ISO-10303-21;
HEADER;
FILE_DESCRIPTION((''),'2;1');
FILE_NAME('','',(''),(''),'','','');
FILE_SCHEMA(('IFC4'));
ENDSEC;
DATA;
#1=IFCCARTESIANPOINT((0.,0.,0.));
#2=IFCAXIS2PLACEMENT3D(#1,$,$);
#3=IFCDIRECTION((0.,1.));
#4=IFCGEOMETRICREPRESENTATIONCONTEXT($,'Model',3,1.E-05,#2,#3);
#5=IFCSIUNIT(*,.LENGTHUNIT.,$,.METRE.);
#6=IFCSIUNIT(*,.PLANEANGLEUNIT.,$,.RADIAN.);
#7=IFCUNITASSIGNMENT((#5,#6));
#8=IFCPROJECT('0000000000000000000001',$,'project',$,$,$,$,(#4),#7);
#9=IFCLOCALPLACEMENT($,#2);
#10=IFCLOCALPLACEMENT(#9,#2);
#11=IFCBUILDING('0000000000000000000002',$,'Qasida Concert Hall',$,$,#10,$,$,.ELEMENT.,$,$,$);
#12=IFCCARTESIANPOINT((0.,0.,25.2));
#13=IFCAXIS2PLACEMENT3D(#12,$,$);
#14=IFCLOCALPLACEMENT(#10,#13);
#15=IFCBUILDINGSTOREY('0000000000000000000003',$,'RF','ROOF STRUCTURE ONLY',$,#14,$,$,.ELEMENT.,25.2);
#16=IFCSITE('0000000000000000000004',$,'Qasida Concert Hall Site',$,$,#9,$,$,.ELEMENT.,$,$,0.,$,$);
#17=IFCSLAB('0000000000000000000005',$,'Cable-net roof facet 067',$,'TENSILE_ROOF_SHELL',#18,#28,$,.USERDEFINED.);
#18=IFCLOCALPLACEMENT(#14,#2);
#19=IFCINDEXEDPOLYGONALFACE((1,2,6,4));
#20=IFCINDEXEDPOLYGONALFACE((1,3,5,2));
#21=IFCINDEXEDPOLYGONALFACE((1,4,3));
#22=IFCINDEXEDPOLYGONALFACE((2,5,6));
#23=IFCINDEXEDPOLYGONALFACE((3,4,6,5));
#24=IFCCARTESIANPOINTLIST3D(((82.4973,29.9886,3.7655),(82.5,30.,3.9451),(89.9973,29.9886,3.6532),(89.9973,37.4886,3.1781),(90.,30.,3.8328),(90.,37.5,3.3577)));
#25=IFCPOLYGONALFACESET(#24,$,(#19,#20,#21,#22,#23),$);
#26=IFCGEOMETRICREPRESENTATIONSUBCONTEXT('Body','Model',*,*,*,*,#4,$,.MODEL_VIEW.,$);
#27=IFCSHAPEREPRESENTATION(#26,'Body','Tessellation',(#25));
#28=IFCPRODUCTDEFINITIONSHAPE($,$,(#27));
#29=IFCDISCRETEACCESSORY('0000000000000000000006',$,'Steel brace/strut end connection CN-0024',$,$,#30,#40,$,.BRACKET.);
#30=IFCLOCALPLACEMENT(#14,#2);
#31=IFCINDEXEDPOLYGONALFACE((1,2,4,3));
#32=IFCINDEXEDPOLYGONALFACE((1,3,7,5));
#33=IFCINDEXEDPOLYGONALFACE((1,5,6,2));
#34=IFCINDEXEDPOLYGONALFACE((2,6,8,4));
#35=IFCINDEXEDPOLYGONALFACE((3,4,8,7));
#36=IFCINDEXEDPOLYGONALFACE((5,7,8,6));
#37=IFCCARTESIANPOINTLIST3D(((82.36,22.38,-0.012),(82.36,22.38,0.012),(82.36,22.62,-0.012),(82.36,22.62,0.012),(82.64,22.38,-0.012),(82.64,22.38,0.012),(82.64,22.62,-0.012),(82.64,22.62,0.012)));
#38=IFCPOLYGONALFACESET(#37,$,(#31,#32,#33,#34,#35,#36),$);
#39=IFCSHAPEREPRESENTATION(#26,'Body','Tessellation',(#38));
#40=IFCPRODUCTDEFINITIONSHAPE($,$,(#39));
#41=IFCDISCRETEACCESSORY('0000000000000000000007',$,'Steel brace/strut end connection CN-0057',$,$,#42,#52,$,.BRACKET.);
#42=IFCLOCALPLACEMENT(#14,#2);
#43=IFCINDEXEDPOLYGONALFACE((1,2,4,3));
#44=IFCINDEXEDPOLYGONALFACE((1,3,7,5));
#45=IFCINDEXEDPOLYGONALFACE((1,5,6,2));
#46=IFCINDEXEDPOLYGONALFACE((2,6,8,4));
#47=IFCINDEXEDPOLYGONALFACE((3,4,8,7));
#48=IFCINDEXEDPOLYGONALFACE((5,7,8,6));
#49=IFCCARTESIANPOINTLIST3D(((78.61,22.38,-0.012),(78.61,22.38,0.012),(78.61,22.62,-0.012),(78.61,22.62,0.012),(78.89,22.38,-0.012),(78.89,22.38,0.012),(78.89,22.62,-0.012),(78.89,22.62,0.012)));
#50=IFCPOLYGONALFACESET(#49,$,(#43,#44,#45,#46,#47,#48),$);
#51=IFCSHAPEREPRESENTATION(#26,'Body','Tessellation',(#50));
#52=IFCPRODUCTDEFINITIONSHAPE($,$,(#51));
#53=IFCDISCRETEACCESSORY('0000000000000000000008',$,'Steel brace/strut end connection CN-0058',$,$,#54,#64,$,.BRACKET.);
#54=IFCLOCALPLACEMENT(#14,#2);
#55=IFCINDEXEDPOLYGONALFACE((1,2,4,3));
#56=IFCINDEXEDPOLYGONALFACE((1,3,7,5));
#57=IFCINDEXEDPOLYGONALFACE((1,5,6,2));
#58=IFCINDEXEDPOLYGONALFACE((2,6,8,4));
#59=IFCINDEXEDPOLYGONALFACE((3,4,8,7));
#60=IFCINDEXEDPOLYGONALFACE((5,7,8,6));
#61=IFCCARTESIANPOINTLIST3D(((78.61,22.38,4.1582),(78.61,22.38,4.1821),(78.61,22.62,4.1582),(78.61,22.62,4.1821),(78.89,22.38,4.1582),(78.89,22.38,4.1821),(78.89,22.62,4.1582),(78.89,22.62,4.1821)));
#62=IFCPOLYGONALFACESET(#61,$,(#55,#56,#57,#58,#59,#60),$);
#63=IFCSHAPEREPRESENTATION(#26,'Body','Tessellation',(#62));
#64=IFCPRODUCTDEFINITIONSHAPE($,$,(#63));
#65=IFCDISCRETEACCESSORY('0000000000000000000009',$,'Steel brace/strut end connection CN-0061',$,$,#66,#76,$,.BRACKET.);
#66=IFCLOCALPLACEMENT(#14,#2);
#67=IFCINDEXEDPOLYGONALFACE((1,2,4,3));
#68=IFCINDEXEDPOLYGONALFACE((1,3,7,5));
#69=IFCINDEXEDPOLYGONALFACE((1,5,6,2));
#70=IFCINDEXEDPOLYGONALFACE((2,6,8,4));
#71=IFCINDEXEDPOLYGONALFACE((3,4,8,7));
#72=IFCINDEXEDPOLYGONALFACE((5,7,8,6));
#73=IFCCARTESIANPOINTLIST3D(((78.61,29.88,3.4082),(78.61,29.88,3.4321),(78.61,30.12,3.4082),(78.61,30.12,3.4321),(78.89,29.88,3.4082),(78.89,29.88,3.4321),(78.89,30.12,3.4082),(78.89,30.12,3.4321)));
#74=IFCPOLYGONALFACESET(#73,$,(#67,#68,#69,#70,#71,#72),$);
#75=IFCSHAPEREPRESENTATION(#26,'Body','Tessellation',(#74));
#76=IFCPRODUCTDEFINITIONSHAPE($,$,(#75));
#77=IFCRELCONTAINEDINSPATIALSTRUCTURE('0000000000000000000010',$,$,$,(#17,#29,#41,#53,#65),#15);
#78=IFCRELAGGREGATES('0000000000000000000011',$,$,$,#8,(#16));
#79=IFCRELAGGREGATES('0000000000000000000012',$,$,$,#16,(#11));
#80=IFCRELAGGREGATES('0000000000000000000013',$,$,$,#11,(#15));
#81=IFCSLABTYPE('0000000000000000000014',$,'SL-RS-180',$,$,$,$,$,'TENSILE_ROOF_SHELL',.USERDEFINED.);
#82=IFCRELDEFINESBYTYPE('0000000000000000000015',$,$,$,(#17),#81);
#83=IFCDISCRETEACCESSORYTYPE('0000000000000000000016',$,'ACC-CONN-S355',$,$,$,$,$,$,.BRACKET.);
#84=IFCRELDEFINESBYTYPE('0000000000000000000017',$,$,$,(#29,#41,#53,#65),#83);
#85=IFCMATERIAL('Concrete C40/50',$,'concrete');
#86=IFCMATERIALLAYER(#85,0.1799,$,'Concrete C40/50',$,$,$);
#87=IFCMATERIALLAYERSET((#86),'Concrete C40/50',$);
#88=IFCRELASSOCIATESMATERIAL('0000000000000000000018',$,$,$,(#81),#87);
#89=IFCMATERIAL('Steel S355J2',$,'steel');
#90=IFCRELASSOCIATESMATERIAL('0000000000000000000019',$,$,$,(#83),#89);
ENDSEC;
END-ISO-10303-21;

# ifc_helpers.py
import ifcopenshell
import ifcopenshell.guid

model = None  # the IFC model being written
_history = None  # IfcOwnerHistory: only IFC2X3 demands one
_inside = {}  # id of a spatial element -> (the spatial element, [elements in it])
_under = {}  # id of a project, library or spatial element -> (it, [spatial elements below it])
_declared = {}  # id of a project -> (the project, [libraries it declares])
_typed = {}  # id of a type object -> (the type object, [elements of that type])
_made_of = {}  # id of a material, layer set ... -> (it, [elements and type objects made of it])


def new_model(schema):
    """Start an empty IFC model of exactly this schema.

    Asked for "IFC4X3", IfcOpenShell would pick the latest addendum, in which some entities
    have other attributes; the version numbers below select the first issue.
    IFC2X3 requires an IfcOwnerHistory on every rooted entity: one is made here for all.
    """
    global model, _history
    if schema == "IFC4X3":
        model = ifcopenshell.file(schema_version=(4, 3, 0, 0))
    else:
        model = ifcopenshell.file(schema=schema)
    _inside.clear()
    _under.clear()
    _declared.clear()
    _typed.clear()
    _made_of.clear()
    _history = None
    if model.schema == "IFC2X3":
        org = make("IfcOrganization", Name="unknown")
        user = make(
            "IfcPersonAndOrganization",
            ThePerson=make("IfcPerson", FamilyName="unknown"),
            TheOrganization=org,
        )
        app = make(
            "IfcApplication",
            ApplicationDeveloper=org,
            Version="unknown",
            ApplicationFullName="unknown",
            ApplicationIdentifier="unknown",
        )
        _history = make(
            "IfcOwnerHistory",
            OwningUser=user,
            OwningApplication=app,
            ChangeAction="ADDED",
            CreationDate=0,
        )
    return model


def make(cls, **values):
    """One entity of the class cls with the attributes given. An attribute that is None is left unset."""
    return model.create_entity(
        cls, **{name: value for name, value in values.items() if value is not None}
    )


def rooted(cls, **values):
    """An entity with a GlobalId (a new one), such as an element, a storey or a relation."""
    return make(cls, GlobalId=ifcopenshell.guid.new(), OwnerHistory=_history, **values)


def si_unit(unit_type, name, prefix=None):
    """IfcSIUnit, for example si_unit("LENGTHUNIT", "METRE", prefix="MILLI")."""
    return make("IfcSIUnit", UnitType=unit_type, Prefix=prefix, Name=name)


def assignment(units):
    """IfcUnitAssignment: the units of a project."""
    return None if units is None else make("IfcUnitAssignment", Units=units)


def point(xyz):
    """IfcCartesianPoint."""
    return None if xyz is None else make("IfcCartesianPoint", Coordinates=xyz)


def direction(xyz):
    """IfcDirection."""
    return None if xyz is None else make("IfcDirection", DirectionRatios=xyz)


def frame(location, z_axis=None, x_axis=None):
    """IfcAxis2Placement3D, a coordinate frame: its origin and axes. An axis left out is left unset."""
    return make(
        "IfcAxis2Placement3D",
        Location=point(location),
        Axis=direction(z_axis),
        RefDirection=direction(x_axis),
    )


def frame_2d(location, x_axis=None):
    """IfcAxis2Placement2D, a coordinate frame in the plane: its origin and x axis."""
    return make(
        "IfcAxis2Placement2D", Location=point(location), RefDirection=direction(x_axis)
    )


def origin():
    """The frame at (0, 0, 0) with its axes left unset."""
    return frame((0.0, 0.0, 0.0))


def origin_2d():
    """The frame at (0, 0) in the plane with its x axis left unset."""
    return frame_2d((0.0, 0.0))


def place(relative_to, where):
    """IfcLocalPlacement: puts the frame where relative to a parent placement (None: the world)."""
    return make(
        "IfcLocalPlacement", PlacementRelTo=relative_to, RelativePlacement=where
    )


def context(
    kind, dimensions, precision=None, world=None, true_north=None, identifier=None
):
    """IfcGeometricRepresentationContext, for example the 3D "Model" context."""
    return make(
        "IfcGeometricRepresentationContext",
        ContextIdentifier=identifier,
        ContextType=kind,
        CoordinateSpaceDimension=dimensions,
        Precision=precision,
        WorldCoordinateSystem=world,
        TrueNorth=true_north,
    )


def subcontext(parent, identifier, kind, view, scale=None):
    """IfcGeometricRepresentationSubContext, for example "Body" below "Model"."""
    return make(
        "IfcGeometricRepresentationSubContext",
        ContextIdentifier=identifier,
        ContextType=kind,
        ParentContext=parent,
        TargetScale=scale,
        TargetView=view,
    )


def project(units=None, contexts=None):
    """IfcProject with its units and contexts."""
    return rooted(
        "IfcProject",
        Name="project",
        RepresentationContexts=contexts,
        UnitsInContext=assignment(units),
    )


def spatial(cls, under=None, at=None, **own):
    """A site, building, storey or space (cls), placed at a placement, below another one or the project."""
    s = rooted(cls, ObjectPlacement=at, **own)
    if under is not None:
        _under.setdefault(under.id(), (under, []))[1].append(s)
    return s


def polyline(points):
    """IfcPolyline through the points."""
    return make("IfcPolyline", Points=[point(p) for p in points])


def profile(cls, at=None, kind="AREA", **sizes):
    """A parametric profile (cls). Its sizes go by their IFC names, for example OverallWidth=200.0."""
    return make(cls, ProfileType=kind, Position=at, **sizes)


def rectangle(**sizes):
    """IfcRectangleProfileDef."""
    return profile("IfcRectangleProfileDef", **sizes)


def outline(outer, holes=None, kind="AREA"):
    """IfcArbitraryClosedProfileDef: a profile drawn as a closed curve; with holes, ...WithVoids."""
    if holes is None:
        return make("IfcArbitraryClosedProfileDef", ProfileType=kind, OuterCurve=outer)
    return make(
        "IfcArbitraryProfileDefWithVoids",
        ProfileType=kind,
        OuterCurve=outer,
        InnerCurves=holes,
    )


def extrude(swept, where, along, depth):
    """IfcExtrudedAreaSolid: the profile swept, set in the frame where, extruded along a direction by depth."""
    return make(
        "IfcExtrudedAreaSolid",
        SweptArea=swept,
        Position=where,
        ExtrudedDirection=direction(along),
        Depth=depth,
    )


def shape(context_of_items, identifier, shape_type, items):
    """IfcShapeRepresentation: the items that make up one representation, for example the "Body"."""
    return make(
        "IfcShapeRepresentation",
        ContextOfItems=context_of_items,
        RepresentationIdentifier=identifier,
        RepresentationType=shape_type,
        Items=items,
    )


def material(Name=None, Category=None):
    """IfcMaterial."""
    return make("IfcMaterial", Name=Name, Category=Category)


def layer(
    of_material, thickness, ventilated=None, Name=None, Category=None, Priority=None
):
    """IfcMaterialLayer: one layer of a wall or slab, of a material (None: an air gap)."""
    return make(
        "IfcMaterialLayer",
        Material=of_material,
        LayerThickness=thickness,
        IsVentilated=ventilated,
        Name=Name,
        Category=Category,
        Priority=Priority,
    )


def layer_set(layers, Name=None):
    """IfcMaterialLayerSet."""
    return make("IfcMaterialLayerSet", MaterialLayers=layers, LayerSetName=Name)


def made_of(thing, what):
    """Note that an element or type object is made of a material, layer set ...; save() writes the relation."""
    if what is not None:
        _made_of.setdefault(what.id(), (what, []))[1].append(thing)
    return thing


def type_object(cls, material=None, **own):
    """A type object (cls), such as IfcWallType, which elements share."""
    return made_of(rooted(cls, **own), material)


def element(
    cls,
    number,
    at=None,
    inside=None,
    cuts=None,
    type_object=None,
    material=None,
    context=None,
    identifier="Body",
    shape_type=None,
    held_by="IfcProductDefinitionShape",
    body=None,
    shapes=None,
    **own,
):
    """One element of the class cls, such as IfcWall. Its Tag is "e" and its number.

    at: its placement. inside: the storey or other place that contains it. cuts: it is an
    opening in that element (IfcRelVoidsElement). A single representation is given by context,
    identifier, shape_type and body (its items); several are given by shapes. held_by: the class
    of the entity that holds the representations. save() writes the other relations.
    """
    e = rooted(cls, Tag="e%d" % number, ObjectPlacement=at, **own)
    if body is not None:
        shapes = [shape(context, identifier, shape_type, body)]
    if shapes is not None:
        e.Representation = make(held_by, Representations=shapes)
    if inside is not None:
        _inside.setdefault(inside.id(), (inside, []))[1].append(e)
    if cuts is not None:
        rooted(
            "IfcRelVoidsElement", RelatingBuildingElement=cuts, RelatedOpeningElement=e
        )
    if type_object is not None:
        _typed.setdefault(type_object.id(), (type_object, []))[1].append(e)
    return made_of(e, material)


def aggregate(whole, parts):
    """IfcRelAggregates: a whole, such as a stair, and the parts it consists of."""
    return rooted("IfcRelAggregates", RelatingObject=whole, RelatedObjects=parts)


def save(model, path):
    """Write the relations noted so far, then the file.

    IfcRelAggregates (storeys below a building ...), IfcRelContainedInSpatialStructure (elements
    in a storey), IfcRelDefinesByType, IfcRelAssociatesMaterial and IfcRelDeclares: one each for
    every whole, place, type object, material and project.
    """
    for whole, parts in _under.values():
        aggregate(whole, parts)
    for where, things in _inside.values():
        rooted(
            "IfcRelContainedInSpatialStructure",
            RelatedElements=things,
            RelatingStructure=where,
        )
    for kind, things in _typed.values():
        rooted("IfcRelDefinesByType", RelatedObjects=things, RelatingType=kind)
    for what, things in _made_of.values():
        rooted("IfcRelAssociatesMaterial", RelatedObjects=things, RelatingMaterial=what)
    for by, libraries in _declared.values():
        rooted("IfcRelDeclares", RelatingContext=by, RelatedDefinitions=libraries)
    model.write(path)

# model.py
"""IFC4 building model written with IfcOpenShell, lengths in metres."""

from ifc_helpers import new_model, si_unit, direction, frame, origin, origin_2d, place, context, subcontext, project, spatial, polyline, rectangle, outline, extrude, material, layer, layer_set, type_object, element, save


model = new_model("IFC4")

# Units and contexts
model_context = context("Model", 3, precision=1e-05, world=origin(), true_north=direction((0.0, 1.0)))
body_context = subcontext(model_context, "Body", "Model", "MODEL_VIEW")
ifc_project = project(units=[si_unit("LENGTHUNIT", "METRE"), si_unit("PLANEANGLEUNIT", "RADIAN")], contexts=[model_context])

# Site, building, storey
site_placement = place(None, origin())
site = spatial("IfcSite", under=ifc_project, at=site_placement, Name="Qasida Concert Hall Site", CompositionType="ELEMENT", RefElevation=0.0)
building_placement = place(site_placement, origin())
building = spatial("IfcBuilding", under=site, at=building_placement, Name="Qasida Concert Hall", CompositionType="ELEMENT")
storey_placement = place(building_placement, frame((0.0, 0.0, 25.2)))
storey = spatial("IfcBuildingStorey", under=building, at=storey_placement, Name="RF", Description="ROOF STRUCTURE ONLY", CompositionType="ELEMENT", Elevation=25.2)

# Shared definitions
ifc_material_1 = material(Name="Steel S355J2", Category="steel")

# Slab
ifc_material_2 = material(Name="Concrete C40/50", Category="concrete")
ifc_layer_1 = layer(ifc_material_2, 0.1799, Name="Concrete C40/50")
ifc_layer_set_1 = layer_set([ifc_layer_1], Name="Concrete C40/50")
slab_type = type_object("IfcSlabType", Name="SL-RS-180", ElementType="TENSILE_ROOF_SHELL", PredefinedType="USERDEFINED", material=ifc_layer_set_1)
slab_1_placement = place(storey_placement, frame((82.5, 30.0, 3.9451), z_axis=(0.014942, 0.063213, 0.997888), x_axis=(0.999888, 0.0, -0.014972)))
element("IfcSlab", 1, at=slab_1_placement, inside=storey, type_object=slab_type, Name="Cable-net roof facet 067", ObjectType="TENSILE_ROOF_SHELL", PredefinedType="USERDEFINED", context=body_context, shape_type="SweptSolid", body=[
    extrude(outline(polyline([(0.0, 0.0), (7.5008, 0.0), (7.508, 7.515), (0.0, 0.0)])), origin(), (0.0, 0.0, -1.0), 0.1799),
])

# Discrete accessories
discrete_accessory_type = type_object("IfcDiscreteAccessoryType", Name="ACC-CONN-S355", PredefinedType="BRACKET", material=ifc_material_1)
for number, where, z_axis, x_axis, name in (
    (2, (82.5, 22.5, -0.012), (0.0, 0.0, 1.0), (1.0, 0.0, 0.0), "Steel brace/strut end connection CN-0024"),
    (3, (78.75, 22.5, -0.012), (0.0, 0.0, 1.0), (1.0, 0.0, 0.0), "Steel brace/strut end connection CN-0057"),
    (4, (78.75, 22.5, 4.1582), (0.0, 0.0, 1.0), (1.0, 0.0, 0.0), "Steel brace/strut end connection CN-0058"),
    (5, (78.75, 30.0, 3.4082), (0.0, 0.0, 1.0), (1.0, 0.0, 0.0), "Steel brace/strut end connection CN-0061"),
):
    element("IfcDiscreteAccessory", number, at=place(storey_placement, frame(where, z_axis=z_axis, x_axis=x_axis)), inside=storey, type_object=discrete_accessory_type, Name=name, PredefinedType="BRACKET", context=body_context, shape_type="SweptSolid", body=[
        extrude(rectangle(XDim=0.28, YDim=0.24, at=origin_2d()), origin(), (0.0, 0.0, 1.0), 0.0239),
    ])

save(model, "model.ifc")
